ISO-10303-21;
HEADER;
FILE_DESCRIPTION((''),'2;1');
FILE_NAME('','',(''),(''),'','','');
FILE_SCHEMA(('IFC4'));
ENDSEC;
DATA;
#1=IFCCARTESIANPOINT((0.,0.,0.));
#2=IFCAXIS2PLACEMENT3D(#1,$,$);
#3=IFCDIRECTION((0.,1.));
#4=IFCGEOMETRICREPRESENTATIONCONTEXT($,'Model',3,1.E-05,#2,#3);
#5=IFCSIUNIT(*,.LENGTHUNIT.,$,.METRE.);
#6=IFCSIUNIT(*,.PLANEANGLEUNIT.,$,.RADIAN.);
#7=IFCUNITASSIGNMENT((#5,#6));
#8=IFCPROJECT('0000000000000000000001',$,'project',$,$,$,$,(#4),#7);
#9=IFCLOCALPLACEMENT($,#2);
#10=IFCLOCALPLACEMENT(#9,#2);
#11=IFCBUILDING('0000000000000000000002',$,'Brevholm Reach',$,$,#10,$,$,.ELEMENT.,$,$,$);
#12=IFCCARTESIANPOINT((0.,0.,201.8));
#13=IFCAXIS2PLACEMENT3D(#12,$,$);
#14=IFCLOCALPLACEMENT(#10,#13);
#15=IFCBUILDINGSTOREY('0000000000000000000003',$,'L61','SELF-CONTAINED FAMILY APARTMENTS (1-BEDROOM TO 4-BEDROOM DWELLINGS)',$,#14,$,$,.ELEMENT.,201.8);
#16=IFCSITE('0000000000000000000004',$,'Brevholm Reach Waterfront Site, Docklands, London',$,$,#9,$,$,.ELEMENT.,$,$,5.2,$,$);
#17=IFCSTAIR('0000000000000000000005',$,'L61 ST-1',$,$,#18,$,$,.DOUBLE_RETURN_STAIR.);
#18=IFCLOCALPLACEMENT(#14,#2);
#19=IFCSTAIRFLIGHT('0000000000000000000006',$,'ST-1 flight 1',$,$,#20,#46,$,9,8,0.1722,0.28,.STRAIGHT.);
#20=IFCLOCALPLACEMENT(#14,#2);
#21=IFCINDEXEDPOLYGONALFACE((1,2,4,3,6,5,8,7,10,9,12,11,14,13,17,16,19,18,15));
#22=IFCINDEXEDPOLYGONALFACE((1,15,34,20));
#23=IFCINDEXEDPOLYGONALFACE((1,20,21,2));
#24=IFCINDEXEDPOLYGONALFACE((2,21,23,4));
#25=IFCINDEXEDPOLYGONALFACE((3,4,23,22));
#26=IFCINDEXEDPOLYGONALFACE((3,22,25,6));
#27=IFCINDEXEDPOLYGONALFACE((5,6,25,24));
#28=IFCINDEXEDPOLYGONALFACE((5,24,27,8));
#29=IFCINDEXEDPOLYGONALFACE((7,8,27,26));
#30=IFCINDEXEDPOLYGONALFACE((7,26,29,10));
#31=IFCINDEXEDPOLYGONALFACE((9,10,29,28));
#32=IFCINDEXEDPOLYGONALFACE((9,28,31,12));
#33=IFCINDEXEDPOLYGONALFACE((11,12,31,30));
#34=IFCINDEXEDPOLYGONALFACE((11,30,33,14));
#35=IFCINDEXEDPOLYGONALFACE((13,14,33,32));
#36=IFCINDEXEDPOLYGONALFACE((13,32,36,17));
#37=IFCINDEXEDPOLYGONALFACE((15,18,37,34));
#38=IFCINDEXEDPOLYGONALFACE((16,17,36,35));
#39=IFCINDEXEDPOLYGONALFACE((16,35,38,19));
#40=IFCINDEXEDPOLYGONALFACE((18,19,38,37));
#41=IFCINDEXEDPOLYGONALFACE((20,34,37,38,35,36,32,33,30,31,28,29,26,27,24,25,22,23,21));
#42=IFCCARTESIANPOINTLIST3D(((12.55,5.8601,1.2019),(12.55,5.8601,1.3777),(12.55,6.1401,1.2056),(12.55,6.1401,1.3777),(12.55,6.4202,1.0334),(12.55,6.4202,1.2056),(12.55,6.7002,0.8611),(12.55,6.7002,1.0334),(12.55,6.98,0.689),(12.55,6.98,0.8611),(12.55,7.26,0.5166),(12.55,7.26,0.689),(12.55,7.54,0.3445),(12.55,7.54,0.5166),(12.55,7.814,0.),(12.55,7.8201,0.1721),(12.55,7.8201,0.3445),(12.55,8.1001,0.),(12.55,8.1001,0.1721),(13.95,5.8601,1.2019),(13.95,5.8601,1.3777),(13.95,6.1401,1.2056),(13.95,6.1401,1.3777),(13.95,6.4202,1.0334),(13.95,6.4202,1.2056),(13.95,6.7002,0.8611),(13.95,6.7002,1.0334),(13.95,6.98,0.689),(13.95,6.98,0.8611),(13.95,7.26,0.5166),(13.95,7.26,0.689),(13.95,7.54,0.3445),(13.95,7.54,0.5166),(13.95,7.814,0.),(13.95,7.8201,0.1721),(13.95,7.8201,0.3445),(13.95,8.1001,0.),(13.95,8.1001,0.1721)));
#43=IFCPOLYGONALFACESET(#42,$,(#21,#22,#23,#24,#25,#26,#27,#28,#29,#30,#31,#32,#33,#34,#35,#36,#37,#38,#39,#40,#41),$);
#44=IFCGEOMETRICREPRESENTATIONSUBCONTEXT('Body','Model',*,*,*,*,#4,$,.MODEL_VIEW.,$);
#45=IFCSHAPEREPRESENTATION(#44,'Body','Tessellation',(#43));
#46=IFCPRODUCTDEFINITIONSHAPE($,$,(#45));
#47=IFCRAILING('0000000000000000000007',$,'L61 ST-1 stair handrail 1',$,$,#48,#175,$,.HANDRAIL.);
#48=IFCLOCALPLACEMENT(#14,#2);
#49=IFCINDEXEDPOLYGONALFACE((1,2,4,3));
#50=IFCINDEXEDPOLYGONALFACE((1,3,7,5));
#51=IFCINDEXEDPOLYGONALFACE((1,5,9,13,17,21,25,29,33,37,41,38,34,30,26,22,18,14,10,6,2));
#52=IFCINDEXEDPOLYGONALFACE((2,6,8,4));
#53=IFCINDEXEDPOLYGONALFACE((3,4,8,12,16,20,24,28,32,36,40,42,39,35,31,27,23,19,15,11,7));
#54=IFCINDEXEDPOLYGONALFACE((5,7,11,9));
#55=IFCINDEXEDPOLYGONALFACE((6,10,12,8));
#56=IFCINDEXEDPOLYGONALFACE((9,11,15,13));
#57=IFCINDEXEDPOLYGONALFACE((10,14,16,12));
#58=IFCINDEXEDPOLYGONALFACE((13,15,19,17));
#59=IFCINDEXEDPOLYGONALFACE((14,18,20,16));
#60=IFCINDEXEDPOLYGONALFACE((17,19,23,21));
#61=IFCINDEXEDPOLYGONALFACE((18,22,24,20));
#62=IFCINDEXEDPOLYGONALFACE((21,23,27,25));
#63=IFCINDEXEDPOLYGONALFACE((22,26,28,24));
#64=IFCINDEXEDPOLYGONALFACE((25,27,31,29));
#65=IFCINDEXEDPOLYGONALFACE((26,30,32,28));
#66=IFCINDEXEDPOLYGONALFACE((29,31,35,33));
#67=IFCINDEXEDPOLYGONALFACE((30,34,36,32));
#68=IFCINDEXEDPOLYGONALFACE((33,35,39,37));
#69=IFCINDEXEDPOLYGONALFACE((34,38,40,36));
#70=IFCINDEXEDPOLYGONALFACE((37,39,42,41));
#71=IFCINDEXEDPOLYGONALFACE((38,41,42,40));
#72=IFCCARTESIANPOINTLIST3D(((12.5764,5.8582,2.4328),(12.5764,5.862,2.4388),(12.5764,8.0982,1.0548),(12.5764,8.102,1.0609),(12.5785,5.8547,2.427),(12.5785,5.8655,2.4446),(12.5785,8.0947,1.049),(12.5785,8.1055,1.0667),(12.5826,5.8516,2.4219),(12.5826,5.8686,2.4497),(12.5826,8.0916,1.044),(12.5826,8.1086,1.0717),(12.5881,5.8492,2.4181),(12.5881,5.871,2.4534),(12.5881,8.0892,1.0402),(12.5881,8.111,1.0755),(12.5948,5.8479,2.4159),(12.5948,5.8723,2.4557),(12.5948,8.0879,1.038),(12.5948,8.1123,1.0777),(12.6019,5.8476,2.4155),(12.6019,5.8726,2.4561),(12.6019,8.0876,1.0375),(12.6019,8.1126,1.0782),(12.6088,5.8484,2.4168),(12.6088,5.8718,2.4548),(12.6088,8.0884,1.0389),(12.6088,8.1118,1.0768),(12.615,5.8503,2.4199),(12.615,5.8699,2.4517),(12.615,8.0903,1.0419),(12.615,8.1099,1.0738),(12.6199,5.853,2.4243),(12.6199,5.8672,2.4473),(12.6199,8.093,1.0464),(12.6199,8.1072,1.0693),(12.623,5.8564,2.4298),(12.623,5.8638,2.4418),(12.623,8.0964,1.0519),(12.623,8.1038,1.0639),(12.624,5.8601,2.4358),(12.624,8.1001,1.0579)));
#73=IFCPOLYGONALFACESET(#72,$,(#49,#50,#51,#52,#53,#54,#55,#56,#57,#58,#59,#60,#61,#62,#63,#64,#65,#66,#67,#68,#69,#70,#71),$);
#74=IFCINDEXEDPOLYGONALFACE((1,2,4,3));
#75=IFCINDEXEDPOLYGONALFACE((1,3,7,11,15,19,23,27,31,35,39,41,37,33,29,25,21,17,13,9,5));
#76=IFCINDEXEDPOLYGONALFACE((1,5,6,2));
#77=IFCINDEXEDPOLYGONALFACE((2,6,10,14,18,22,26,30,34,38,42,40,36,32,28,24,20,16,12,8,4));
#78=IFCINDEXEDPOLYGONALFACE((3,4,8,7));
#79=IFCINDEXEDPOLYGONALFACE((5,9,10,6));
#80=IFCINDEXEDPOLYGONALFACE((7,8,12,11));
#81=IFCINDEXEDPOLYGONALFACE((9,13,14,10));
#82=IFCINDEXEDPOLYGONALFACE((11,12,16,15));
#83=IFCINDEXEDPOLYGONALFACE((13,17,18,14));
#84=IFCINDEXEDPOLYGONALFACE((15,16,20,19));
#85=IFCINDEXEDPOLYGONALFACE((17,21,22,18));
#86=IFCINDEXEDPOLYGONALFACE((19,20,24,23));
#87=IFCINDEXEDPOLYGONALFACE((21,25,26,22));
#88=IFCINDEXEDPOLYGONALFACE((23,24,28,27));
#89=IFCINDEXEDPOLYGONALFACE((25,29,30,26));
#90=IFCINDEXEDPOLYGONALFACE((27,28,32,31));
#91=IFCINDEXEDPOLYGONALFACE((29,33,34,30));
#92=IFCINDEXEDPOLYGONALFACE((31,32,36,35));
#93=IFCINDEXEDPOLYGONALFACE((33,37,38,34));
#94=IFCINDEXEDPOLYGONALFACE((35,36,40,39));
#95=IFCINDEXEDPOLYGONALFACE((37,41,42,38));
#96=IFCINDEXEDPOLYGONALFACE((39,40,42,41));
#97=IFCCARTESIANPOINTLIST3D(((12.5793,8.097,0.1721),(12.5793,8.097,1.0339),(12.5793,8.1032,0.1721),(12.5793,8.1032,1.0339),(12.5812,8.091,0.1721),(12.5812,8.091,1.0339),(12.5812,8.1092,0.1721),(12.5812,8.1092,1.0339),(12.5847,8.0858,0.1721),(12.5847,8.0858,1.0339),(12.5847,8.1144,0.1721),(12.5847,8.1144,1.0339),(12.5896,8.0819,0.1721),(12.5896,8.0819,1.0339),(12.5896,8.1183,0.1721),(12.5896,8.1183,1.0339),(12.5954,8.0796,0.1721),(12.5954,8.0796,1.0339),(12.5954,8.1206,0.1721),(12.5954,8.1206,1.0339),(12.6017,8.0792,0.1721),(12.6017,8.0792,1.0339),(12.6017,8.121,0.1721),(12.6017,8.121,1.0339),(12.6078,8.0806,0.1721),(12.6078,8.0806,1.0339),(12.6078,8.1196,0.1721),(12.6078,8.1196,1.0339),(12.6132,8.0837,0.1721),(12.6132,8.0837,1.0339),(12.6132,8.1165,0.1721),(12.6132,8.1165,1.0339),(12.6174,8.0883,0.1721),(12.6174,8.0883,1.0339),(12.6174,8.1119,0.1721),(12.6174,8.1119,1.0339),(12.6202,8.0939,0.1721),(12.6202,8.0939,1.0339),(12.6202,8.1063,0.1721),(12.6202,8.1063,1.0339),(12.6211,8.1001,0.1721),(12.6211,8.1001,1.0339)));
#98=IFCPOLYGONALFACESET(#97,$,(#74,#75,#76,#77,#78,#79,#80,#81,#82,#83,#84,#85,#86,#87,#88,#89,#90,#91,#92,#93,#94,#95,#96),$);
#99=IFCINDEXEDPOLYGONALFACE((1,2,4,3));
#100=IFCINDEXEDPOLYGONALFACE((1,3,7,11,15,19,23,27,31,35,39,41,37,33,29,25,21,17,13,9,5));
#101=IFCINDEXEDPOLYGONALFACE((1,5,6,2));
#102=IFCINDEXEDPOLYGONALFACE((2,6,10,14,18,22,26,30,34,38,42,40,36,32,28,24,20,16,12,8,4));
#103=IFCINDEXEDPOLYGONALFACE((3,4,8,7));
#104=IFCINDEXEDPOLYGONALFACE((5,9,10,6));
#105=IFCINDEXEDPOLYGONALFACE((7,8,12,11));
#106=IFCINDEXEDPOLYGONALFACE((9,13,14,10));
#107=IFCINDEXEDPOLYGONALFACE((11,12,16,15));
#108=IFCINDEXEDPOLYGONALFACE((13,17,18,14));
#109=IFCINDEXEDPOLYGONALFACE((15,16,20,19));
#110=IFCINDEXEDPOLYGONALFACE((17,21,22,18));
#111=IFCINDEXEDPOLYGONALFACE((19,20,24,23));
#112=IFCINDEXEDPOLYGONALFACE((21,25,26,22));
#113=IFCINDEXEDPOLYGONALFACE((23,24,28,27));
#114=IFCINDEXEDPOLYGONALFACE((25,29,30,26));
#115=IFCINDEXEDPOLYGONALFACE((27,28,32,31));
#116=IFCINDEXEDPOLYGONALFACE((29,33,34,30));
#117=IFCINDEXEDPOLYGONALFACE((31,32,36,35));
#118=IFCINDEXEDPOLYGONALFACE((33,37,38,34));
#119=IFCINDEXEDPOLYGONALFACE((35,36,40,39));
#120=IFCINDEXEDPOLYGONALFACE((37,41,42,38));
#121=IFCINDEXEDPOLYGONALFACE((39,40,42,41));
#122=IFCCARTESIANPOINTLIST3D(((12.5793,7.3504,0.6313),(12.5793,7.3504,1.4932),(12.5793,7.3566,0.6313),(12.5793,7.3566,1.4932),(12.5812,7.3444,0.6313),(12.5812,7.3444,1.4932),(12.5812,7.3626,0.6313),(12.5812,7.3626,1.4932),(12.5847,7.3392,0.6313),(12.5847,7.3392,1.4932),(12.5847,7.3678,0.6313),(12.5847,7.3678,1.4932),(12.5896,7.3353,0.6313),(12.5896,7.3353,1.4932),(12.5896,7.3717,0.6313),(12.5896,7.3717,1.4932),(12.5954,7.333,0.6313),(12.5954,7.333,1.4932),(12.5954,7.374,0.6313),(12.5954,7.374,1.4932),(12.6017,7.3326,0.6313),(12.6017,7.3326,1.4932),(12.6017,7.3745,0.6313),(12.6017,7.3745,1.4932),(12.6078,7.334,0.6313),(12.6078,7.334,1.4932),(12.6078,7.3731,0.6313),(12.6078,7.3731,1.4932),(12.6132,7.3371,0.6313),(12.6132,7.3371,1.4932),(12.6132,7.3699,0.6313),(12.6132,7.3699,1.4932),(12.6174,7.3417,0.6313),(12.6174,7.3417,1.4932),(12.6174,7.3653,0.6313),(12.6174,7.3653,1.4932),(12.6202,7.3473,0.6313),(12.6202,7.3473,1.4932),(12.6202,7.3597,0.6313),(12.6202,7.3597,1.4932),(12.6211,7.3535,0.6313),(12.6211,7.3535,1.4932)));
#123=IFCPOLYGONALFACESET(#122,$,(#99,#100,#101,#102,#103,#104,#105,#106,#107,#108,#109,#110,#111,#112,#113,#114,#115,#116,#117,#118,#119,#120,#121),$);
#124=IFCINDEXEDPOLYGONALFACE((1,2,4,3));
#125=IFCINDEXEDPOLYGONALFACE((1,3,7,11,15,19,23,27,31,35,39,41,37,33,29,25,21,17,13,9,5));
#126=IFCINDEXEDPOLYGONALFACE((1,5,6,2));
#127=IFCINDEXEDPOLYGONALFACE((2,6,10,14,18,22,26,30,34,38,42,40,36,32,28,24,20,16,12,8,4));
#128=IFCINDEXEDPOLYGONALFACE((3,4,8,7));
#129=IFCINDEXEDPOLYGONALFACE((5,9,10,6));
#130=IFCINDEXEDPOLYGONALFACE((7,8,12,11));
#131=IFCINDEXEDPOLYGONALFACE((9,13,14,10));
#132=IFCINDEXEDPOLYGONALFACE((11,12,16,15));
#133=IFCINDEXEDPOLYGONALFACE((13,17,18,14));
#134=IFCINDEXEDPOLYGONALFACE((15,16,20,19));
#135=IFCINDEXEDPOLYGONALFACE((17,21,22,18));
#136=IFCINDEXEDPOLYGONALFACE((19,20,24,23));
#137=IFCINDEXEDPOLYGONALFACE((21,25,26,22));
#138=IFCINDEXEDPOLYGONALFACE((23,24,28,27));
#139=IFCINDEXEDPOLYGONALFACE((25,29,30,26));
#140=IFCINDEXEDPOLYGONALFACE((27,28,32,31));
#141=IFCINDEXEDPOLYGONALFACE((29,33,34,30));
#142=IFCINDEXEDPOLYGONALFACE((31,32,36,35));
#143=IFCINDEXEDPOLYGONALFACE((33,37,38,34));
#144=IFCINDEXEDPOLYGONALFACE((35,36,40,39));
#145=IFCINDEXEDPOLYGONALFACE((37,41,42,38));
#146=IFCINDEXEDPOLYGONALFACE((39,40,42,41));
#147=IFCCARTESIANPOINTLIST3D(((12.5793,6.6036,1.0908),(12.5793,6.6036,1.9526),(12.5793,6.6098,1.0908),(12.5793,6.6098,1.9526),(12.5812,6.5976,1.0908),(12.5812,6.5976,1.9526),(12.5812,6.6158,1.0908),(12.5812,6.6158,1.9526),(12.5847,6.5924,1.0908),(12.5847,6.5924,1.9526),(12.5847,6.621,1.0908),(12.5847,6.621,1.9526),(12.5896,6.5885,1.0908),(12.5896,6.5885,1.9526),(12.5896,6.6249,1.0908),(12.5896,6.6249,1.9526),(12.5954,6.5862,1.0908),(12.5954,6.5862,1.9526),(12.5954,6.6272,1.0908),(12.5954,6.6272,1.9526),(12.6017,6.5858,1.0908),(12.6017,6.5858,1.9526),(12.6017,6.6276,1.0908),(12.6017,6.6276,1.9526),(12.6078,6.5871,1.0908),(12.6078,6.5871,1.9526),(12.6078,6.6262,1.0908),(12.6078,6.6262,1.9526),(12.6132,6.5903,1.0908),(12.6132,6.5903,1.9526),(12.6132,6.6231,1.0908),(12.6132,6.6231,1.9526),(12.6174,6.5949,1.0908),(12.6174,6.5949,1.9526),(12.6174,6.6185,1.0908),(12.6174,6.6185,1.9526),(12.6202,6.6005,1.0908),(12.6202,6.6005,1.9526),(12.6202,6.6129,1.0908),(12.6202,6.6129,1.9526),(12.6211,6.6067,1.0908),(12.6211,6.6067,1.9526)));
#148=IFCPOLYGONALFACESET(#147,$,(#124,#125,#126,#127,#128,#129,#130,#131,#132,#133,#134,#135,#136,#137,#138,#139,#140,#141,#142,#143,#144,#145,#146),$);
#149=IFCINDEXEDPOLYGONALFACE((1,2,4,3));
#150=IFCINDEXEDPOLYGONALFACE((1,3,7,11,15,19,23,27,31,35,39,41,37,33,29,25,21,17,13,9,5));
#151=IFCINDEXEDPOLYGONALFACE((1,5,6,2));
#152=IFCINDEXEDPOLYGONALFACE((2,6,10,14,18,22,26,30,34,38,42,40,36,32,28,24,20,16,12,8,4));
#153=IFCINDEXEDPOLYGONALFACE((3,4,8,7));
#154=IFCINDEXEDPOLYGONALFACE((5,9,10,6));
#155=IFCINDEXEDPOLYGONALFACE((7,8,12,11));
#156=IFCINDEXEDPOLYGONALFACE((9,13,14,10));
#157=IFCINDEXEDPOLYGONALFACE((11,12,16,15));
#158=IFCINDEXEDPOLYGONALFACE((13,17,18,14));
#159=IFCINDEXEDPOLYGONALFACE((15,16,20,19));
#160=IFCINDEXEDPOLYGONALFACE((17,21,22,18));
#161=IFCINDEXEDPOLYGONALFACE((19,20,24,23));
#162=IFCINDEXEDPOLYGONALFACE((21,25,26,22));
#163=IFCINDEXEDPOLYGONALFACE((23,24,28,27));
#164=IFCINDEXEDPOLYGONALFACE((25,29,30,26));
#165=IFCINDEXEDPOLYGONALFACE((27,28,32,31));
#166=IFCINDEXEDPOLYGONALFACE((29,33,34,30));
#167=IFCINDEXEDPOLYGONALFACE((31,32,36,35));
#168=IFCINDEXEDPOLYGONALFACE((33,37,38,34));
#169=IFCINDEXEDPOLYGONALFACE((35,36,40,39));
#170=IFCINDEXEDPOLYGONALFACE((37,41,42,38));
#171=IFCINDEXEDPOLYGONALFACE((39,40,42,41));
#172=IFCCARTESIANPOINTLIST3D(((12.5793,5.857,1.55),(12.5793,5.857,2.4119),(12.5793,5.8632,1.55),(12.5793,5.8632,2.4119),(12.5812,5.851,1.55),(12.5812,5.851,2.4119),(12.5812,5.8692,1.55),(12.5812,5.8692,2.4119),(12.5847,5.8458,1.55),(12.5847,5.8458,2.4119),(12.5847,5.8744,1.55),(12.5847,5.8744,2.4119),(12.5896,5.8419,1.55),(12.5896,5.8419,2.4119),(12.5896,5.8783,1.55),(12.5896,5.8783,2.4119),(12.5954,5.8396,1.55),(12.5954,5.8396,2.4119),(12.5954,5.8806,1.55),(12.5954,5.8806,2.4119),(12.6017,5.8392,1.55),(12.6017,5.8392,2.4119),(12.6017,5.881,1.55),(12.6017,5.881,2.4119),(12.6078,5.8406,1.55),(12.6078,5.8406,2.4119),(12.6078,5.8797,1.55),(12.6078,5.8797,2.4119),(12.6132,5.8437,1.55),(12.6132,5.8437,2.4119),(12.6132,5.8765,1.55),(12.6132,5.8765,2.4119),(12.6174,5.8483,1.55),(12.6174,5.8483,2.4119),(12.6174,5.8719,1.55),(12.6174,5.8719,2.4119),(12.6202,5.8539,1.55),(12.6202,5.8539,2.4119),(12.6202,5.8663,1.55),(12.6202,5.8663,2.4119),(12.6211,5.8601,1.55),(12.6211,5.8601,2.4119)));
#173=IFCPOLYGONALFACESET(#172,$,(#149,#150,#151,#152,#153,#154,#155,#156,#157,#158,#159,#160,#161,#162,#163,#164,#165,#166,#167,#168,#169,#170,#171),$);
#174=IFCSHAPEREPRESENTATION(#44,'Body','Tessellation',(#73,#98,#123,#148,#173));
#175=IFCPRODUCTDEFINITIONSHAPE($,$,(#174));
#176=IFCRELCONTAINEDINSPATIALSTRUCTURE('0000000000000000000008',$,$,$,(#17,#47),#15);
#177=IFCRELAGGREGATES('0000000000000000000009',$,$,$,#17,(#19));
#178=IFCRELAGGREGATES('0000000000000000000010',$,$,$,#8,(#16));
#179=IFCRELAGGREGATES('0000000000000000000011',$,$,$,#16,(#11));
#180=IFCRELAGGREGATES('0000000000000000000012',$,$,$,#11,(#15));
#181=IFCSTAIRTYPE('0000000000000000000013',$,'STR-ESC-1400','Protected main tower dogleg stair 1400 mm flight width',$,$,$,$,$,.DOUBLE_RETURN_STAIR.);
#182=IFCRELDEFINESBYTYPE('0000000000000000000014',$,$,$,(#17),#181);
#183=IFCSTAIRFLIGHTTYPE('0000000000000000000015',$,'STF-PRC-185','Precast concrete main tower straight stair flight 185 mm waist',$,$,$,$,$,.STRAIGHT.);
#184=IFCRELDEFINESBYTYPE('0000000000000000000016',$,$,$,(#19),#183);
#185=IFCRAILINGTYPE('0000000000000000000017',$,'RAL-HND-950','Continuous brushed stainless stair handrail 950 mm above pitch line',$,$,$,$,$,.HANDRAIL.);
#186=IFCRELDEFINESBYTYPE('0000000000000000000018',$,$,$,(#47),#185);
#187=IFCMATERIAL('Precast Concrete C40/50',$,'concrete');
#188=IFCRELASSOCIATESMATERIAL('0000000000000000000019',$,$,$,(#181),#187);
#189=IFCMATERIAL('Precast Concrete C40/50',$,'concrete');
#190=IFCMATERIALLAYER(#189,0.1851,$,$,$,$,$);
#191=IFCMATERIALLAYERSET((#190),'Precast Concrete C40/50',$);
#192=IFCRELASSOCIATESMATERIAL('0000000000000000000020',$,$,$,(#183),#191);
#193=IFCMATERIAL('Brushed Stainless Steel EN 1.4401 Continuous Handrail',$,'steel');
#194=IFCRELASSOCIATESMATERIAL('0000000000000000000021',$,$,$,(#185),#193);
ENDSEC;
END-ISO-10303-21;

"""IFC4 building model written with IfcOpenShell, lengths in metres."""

from ifc_helpers import new_model, si_unit, direction, frame, origin, origin_2d, place, context, subcontext, project, spatial, polyline, circle, outline, extrude, material, layer, layer_set, type_object, element, aggregate, save


model = new_model("IFC4")

# Units and contexts
model_context = context("Model", 3, precision=1e-05, world=origin(), true_north=direction((0.0, 1.0)))
body_context = subcontext(model_context, "Body", "Model", "MODEL_VIEW")
ifc_project = project(units=[si_unit("LENGTHUNIT", "METRE"), si_unit("PLANEANGLEUNIT", "RADIAN")], contexts=[model_context])

# Site, building, storey
site_placement = place(None, origin())
site = spatial("IfcSite", under=ifc_project, at=site_placement, Name="Brevholm Reach Waterfront Site, Docklands, London", CompositionType="ELEMENT", RefElevation=5.2)
building_placement = place(site_placement, origin())
building = spatial("IfcBuilding", under=site, at=building_placement, Name="Brevholm Reach", CompositionType="ELEMENT")
storey_placement = place(building_placement, frame((0.0, 0.0, 201.8)))
storey = spatial("IfcBuildingStorey", under=building, at=storey_placement, Name="L61", Description="SELF-CONTAINED FAMILY APARTMENTS (1-BEDROOM TO 4-BEDROOM DWELLINGS)", CompositionType="ELEMENT", Elevation=201.8)

# Stair, stair flight
ifc_material_1 = material(Name="Precast Concrete C40/50", Category="concrete")
stair_type = type_object("IfcStairType", Name="STR-ESC-1400", Description="Protected main tower dogleg stair 1400 mm flight width", PredefinedType="DOUBLE_RETURN_STAIR", material=ifc_material_1)
stair_placement = place(storey_placement, origin())
stair = element("IfcStair", 1, at=stair_placement, inside=storey, type_object=stair_type, Name="L61 ST-1", PredefinedType="DOUBLE_RETURN_STAIR")
ifc_material_2 = material(Name="Precast Concrete C40/50", Category="concrete")
ifc_layer_1 = layer(ifc_material_2, 0.1851)
ifc_layer_set_1 = layer_set([ifc_layer_1], Name="Precast Concrete C40/50")
stair_flight_type = type_object("IfcStairFlightType", Name="STF-PRC-185", Description="Precast concrete main tower straight stair flight 185 mm waist", PredefinedType="STRAIGHT", material=ifc_layer_set_1)
stair_flight_placement = place(storey_placement, frame((13.25, 8.1001, 0.0), z_axis=(0.0, 0.0, 1.0), x_axis=(0.0, -1.0, 0.0)))
stair_flight = element("IfcStairFlight", 2, at=stair_flight_placement, type_object=stair_flight_type, Name="ST-1 flight 1", NumberOfRisers=9, NumberOfTreads=8, PredefinedType="STRAIGHT", RiserHeight=0.1722, TreadLength=0.28, context=body_context, shape_type="SweptSolid", body=[
    extrude(outline(polyline([(0.0, 0.0), (0.0, 0.1721), (0.28, 0.1721), (0.28, 0.3445), (0.5601, 0.3445), (0.5601, 0.5166), (0.8401, 0.5166), (0.8401, 0.689), (1.1201, 0.689), (1.1201, 0.8611), (1.3999, 0.8611), (1.3999, 1.0334), (1.6799, 1.0334), (1.6799, 1.2056), (1.96, 1.2056), (1.96, 1.3777), (2.24, 1.3777), (2.24, 1.55), (2.24, 1.2019), (0.2861, 0.0), (0.0, 0.0)])), frame((0.0, 0.7, 0.0), z_axis=(0.0, -1.0, 0.0), x_axis=(1.0, 0.0, 0.0)), (0.0, 0.0, 1.0), 1.3999),
])
aggregate(stair, [stair_flight])

# Railing
ifc_material_3 = material(Name="Brushed Stainless Steel EN 1.4401 Continuous Handrail", Category="steel")
railing_type_1 = type_object("IfcRailingType", Name="RAL-HND-950", Description="Continuous brushed stainless stair handrail 950 mm above pitch line", PredefinedType="HANDRAIL", material=ifc_material_3)
railing_1_placement = place(storey_placement, frame((12.6001, 8.1001, 0.1721)))
element("IfcRailing", 3, at=railing_1_placement, inside=storey, type_object=railing_type_1, Name="L61 ST-1 stair handrail 1", PredefinedType="HANDRAIL", context=body_context, shape_type="SweptSolid", body=[
    extrude(circle(Radius=0.0239, at=origin_2d()), frame((0.0, 0.0, 0.8857), z_axis=(0.0, -0.851748, 0.523952), x_axis=(1.0, 0.0, 0.0)), (0.0, 0.0, 1.0), 2.6299),
    extrude(circle(Radius=0.021, at=origin_2d()), origin(), (0.0, 0.0, 1.0), 0.8618),
    extrude(circle(Radius=0.021, at=origin_2d()), frame((0.0, -0.7466, 0.4592)), (0.0, 0.0, 1.0), 0.8618),
    extrude(circle(Radius=0.021, at=origin_2d()), frame((0.0, -1.4934, 0.9187)), (0.0, 0.0, 1.0), 0.8618),
    extrude(circle(Radius=0.021, at=origin_2d()), frame((0.0, -2.24, 1.3779)), (0.0, 0.0, 1.0), 0.8618),
])

save(model, "model.ifc")
